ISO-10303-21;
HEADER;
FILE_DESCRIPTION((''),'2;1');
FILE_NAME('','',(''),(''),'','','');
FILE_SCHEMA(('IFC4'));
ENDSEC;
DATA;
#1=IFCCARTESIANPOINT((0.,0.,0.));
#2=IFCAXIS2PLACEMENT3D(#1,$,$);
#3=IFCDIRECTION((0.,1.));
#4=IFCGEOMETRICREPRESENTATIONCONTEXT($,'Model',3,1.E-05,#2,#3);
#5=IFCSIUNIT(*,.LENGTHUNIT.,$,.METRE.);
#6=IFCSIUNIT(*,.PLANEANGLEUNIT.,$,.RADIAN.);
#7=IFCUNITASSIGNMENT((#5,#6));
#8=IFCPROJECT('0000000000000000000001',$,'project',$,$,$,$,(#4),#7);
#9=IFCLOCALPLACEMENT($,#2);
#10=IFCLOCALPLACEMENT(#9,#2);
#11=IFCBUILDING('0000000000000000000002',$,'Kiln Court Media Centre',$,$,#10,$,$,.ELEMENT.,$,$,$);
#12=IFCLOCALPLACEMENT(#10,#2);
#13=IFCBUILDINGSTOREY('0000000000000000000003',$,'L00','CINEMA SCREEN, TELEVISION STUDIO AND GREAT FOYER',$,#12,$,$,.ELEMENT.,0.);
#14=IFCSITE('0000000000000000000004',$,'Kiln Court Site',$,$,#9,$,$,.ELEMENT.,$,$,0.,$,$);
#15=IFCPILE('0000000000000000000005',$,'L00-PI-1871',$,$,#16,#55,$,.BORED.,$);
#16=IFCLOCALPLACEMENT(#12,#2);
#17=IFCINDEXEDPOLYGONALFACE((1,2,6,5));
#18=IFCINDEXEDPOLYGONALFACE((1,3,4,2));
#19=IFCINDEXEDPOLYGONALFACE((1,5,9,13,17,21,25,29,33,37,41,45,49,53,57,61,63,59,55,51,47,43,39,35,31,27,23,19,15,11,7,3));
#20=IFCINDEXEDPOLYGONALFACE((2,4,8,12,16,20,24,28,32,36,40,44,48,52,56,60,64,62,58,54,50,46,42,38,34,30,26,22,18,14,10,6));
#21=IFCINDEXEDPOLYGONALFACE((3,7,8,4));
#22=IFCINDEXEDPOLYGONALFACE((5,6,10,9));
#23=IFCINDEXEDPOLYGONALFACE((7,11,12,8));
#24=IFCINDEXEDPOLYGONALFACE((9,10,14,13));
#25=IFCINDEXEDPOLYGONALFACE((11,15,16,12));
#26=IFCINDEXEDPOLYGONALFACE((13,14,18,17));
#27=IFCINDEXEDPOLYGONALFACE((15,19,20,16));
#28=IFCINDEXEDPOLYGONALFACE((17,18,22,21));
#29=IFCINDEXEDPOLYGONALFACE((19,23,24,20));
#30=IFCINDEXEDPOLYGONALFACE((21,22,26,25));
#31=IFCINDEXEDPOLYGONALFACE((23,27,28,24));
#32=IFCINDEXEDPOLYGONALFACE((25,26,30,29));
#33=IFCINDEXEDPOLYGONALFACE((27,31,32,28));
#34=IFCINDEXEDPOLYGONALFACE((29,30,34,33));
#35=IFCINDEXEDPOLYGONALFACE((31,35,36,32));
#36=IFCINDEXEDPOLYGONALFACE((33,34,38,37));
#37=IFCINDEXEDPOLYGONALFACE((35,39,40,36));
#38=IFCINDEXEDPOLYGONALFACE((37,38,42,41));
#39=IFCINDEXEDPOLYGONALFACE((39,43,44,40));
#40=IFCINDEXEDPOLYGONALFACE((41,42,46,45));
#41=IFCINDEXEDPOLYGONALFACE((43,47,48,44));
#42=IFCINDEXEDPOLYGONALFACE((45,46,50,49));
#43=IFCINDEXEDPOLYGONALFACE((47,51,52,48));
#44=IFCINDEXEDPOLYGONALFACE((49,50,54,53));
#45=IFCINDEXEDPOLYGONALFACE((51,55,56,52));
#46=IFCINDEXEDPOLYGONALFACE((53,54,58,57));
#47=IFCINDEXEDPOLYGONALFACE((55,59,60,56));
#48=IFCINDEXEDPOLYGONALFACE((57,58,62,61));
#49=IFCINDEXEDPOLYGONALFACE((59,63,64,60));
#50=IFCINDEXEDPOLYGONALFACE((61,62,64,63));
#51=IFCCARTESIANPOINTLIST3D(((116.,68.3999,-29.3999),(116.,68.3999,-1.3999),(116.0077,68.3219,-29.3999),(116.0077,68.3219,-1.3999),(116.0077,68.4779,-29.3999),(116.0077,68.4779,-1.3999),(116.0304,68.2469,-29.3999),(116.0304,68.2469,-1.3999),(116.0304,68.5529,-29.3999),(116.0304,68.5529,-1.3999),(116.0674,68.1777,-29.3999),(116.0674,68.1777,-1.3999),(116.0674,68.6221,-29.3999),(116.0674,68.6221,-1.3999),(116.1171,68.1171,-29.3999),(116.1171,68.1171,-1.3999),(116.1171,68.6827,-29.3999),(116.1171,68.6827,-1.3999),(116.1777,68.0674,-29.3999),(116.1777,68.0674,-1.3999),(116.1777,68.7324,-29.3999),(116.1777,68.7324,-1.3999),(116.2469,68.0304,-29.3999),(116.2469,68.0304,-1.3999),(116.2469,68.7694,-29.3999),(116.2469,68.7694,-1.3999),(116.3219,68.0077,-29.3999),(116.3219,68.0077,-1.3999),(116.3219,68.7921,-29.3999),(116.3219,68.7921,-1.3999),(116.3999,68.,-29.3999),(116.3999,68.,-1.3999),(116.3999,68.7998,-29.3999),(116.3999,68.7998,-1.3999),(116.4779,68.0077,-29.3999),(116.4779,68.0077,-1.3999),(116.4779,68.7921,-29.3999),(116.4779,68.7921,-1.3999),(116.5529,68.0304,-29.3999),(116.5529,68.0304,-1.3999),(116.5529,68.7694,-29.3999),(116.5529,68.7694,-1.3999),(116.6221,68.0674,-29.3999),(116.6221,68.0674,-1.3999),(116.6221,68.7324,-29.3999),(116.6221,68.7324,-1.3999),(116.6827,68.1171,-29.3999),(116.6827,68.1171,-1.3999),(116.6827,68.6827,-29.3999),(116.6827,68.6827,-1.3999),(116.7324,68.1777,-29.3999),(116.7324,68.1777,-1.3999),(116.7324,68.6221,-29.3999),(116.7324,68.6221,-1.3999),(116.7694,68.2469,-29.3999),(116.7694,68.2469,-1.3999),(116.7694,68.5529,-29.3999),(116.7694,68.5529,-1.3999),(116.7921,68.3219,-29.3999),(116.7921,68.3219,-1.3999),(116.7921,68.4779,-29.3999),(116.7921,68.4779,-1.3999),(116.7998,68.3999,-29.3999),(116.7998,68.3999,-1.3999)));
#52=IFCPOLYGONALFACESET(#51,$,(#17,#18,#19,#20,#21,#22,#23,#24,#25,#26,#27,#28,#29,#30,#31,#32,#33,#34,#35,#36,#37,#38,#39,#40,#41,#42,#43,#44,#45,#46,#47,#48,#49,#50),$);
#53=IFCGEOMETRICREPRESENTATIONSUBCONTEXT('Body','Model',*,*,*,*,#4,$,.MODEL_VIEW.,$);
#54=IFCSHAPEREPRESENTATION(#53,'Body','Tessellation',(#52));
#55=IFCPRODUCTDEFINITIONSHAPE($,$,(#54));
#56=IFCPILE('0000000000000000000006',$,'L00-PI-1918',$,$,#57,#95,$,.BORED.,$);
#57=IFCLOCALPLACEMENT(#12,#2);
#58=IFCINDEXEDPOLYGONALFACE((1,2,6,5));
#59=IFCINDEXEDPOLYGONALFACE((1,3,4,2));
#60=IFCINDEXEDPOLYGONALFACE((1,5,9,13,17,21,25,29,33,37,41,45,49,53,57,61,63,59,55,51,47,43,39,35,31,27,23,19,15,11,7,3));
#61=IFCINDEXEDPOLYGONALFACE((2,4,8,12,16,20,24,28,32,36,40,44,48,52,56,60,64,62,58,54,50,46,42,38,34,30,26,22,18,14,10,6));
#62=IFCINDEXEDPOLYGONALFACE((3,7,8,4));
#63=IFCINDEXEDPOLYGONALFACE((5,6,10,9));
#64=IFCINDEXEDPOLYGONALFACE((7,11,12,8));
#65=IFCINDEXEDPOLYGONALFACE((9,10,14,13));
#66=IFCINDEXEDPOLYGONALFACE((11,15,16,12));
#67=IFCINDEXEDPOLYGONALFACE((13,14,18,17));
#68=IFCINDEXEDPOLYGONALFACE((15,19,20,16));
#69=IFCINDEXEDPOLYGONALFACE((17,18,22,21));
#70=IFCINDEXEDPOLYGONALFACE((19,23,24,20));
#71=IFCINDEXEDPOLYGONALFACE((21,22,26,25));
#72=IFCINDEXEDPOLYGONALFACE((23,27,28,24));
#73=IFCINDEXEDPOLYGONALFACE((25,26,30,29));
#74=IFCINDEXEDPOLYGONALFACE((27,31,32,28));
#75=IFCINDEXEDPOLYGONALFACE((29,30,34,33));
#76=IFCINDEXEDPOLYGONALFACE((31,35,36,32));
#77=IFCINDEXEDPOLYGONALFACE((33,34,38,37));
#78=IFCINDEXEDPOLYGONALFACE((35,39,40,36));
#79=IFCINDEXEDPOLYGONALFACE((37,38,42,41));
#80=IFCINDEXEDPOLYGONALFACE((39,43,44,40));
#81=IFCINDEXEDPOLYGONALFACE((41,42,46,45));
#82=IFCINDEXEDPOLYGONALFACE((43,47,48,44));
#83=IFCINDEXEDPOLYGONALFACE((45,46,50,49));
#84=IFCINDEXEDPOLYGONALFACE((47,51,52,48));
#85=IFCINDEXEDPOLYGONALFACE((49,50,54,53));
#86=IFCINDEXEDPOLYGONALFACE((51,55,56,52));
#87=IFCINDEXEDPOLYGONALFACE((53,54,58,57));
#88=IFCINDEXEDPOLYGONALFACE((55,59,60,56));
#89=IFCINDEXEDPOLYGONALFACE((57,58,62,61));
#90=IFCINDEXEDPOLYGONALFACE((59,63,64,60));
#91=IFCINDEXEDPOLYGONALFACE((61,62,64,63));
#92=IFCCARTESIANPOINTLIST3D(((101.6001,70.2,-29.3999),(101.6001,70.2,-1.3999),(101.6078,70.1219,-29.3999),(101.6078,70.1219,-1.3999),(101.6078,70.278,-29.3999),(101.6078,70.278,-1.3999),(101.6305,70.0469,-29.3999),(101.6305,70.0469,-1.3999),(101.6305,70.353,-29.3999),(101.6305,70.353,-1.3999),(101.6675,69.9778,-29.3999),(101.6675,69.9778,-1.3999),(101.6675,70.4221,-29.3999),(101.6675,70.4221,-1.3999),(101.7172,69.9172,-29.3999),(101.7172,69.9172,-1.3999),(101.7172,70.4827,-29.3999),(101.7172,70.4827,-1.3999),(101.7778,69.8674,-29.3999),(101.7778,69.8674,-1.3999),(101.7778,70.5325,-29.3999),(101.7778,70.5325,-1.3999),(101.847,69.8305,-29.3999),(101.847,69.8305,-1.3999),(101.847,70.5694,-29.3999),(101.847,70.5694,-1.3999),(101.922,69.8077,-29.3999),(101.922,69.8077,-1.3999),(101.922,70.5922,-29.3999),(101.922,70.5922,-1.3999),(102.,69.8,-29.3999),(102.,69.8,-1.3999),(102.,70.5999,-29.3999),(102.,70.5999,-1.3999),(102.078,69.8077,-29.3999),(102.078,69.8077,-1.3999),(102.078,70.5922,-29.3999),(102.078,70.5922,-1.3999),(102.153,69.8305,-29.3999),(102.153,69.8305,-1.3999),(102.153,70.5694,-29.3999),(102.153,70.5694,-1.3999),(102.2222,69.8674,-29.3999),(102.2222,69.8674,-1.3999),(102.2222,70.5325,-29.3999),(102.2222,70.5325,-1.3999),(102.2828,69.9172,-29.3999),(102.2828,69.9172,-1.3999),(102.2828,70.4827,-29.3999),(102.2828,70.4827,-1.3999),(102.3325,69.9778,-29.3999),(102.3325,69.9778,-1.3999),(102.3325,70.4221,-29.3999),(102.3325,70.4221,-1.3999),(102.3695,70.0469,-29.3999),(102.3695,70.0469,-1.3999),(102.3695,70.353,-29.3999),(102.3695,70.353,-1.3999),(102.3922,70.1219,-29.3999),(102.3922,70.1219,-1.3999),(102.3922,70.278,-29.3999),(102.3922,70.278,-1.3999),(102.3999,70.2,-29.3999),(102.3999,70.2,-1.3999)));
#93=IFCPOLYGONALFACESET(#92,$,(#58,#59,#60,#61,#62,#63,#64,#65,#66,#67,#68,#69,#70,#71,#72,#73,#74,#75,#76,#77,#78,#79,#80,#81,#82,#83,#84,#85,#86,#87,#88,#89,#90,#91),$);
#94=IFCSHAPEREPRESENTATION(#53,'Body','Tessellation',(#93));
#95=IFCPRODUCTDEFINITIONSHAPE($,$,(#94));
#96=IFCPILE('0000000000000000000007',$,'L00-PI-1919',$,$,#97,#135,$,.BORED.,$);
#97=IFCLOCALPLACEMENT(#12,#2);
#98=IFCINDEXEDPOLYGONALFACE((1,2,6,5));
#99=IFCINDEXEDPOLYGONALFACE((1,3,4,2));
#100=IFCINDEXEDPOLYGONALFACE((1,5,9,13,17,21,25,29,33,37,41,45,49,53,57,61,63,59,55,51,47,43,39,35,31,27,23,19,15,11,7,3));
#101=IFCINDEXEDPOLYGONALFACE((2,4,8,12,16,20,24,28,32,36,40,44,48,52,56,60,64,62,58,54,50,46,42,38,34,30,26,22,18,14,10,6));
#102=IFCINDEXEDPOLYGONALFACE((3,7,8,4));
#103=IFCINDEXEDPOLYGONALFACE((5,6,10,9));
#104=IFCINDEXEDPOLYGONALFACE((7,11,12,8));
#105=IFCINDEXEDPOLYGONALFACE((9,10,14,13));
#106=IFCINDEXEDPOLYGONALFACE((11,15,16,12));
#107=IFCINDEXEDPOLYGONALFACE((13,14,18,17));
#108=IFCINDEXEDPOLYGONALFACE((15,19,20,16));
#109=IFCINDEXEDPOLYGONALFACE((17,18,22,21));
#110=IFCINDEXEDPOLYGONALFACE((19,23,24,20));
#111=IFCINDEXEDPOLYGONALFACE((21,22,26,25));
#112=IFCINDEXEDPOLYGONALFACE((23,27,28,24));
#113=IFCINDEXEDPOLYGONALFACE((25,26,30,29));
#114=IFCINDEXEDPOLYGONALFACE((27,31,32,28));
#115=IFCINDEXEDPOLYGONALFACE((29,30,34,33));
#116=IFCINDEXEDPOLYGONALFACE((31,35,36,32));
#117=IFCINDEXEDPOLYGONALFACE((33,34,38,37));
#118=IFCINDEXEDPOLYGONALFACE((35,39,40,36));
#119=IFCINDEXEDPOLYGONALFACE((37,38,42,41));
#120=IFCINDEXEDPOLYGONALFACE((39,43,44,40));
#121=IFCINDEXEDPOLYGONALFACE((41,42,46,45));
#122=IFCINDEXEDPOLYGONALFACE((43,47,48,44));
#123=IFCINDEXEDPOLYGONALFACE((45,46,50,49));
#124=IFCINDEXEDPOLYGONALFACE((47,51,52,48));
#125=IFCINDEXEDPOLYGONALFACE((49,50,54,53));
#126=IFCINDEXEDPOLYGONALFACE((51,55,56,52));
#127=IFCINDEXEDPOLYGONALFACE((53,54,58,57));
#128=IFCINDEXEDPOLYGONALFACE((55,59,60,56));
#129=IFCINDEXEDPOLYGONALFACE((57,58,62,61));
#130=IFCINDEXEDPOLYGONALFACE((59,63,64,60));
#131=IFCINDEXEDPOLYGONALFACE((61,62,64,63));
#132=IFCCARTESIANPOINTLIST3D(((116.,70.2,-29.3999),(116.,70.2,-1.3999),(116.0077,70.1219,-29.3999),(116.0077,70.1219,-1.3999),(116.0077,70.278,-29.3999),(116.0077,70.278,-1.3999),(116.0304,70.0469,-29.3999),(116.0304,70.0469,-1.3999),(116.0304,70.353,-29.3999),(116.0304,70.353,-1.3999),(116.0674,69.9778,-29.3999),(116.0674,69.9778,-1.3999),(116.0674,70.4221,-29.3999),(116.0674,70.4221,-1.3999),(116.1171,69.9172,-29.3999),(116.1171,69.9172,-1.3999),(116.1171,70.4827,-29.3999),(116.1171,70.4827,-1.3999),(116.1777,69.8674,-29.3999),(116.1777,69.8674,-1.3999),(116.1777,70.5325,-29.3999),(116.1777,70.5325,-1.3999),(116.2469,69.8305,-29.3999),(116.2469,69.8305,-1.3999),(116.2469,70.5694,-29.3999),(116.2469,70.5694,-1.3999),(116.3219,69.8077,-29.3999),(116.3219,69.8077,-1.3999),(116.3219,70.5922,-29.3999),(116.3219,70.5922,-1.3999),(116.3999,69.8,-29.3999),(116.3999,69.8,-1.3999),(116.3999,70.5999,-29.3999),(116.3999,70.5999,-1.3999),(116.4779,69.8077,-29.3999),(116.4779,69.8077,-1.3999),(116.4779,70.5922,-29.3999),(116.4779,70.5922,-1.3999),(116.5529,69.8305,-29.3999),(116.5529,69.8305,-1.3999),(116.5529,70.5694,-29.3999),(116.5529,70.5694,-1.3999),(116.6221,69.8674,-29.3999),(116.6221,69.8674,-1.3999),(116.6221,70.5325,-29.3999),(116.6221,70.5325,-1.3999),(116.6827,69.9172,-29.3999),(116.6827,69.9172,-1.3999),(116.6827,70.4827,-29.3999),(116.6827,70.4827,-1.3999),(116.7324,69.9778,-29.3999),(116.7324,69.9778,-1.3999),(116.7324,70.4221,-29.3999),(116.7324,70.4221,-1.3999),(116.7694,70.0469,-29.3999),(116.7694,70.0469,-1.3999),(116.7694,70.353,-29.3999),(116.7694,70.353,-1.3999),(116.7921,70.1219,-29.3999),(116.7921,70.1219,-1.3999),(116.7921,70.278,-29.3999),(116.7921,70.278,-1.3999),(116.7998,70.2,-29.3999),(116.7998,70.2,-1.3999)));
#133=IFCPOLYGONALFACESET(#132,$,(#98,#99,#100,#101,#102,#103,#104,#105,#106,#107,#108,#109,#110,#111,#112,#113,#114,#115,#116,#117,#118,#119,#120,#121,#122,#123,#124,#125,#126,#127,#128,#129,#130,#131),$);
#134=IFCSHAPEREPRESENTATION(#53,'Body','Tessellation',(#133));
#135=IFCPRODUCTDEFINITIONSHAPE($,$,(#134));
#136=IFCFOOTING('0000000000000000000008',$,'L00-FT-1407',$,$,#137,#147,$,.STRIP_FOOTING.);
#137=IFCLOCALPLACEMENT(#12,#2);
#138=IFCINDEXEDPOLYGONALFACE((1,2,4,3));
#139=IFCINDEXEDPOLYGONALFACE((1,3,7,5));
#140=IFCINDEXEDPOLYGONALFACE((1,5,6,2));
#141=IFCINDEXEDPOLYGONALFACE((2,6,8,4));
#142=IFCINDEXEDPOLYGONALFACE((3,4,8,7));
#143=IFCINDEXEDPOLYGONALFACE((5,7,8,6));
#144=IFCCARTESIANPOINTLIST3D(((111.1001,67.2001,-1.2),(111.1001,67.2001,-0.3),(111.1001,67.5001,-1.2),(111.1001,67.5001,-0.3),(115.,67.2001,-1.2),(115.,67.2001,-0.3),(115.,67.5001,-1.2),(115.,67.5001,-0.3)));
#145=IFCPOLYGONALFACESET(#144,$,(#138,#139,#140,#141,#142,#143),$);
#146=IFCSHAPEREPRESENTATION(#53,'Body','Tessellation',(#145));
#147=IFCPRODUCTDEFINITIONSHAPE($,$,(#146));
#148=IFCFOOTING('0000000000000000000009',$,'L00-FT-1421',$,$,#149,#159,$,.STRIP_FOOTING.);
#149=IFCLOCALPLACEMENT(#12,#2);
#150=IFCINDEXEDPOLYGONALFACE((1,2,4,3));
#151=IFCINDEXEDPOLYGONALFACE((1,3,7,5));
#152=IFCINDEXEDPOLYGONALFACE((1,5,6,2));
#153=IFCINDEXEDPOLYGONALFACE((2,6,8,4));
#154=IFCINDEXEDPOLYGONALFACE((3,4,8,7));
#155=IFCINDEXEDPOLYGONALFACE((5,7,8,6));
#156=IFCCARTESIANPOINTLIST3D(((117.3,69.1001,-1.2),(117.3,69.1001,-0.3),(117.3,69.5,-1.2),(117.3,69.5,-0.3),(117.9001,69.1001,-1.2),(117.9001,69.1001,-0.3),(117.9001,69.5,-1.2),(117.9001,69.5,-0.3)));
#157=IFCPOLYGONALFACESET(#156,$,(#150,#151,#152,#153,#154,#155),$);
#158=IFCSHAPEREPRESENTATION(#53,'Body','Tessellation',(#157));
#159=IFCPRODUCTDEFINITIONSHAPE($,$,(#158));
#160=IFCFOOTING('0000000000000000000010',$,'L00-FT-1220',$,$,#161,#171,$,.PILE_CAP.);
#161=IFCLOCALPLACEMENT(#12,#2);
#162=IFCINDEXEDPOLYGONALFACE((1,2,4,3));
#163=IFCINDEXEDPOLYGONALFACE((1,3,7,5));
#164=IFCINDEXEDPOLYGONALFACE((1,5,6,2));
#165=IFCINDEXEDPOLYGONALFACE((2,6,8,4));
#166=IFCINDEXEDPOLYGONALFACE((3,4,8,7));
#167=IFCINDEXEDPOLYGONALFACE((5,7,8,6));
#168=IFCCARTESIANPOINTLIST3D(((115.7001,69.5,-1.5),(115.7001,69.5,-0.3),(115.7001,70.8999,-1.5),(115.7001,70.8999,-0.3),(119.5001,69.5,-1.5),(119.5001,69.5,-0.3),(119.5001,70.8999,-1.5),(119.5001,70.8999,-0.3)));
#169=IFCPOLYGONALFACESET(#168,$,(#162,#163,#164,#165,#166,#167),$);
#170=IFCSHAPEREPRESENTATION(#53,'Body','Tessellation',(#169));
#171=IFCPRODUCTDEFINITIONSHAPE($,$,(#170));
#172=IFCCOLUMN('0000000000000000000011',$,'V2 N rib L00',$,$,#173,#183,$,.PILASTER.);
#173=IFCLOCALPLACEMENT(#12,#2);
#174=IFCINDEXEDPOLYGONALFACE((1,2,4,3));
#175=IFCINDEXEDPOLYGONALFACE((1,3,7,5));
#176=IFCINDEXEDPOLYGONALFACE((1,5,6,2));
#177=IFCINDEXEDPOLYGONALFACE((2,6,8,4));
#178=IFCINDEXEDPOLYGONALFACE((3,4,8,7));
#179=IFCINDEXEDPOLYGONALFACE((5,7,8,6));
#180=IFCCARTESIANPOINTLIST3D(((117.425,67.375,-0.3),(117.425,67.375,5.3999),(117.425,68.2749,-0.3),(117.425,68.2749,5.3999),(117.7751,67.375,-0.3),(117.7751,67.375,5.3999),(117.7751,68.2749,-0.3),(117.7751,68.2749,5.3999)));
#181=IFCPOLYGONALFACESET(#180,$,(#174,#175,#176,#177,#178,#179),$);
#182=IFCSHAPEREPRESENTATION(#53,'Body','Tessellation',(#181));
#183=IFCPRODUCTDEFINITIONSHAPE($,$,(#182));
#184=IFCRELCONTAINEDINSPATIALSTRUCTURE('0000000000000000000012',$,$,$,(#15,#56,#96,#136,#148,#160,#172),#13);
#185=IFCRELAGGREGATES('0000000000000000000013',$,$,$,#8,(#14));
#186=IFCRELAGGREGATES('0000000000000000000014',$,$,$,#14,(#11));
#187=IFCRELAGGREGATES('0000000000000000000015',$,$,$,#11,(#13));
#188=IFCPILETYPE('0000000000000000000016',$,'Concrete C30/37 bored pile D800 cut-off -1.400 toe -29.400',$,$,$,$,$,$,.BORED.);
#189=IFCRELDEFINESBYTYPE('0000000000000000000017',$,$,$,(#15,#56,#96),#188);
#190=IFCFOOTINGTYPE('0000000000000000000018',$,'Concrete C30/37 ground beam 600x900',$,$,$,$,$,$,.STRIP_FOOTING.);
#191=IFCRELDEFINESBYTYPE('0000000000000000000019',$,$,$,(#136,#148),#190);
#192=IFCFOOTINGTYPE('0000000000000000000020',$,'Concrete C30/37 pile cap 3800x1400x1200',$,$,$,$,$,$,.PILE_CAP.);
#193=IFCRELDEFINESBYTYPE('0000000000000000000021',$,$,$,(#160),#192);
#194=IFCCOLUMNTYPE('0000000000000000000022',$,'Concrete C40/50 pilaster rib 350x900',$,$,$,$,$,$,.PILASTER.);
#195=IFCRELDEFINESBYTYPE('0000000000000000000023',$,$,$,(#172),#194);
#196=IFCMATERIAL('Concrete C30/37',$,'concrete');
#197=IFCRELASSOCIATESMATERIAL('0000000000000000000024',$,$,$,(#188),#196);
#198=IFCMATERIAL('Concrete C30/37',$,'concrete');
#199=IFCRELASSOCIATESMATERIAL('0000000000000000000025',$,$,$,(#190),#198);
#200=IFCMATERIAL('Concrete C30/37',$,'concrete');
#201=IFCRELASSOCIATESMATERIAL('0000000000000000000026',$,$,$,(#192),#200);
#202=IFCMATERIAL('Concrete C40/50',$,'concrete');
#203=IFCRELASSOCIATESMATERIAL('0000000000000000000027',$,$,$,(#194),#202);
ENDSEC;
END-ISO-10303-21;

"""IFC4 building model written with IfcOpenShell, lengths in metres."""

from ifc_helpers import new_model, si_unit, direction, frame, origin, origin_2d, place, context, subcontext, project, spatial, rectangle, circle, extrude, material, material_profile, profile_set, type_object, element, save


model = new_model("IFC4")

# Units and contexts
model_context = context("Model", 3, precision=1e-05, world=origin(), true_north=direction((0.0, 1.0)))
body_context = subcontext(model_context, "Body", "Model", "MODEL_VIEW")
ifc_project = project(units=[si_unit("LENGTHUNIT", "METRE"), si_unit("PLANEANGLEUNIT", "RADIAN")], contexts=[model_context])

# Site, building, storey
site_placement = place(None, origin())
site = spatial("IfcSite", under=ifc_project, at=site_placement, Name="Kiln Court Site", CompositionType="ELEMENT", RefElevation=0.0)
building_placement = place(site_placement, origin())
building = spatial("IfcBuilding", under=site, at=building_placement, Name="Kiln Court Media Centre", CompositionType="ELEMENT")
storey_placement = place(building_placement, origin())
storey = spatial("IfcBuildingStorey", under=building, at=storey_placement, Name="L00", Description="CINEMA SCREEN, TELEVISION STUDIO AND GREAT FOYER", CompositionType="ELEMENT", Elevation=0.0)

# Piles
ifc_material_1 = material(Name="Concrete C30/37", Category="concrete")
ifc_material_profile_1 = material_profile(ifc_material_1, circle(Radius=0.3999, at=origin_2d()), Name="PILE D800")
ifc_profile_set_1 = profile_set([ifc_material_profile_1], Name="Concrete C30/37")
pile_type = type_object("IfcPileType", Name="Concrete C30/37 bored pile D800 cut-off -1.400 toe -29.400", PredefinedType="BORED", material=ifc_profile_set_1)
for number, where, z_axis, x_axis, name in (
    (1, (116.3999, 68.3999, -1.3999), (0.0, 0.0, -1.0), (1.0, 0.0, 0.0), "L00-PI-1871"),
    (2, (102.0, 70.2, -1.3999), (0.0, 0.0, -1.0), (1.0, 0.0, 0.0), "L00-PI-1918"),
    (3, (116.3999, 70.2, -1.3999), (0.0, 0.0, -1.0), (1.0, 0.0, 0.0), "L00-PI-1919"),
):
    element("IfcPile", number, at=place(storey_placement, frame(where, z_axis=z_axis, x_axis=x_axis)), inside=storey, type_object=pile_type, Name=name, PredefinedType="BORED", context=body_context, shape_type="SweptSolid", body=[
        extrude(circle(Radius=0.3999, at=origin_2d()), origin(), (0.0, 0.0, 1.0), 28.0),
    ])

# Footings
ifc_material_2 = material(Name="Concrete C30/37", Category="concrete")
footing_type_1 = type_object("IfcFootingType", Name="Concrete C30/37 ground beam 600x900", PredefinedType="STRIP_FOOTING", material=ifc_material_2)
footing_1_placement = place(storey_placement, frame((113.05, 67.3501, -1.2), z_axis=(0.0, 0.0, 1.0), x_axis=(1.0, 0.0, 0.0)))
element("IfcFooting", 4, at=footing_1_placement, inside=storey, type_object=footing_type_1, Name="L00-FT-1407", PredefinedType="STRIP_FOOTING", context=body_context, shape_type="SweptSolid", body=[
    extrude(rectangle(XDim=3.8999, YDim=0.3, at=origin_2d()), origin(), (0.0, 0.0, 1.0), 0.8999),
])
footing_2_placement = place(storey_placement, frame((117.6001, 69.3, -1.2), z_axis=(0.0, 0.0, 1.0), x_axis=(1.0, 0.0, 0.0)))
element("IfcFooting", 5, at=footing_2_placement, inside=storey, type_object=footing_type_1, Name="L00-FT-1421", PredefinedType="STRIP_FOOTING", context=body_context, shape_type="SweptSolid", body=[
    extrude(rectangle(XDim=0.6001, YDim=0.3999, at=origin_2d()), origin(), (0.0, 0.0, 1.0), 0.8999),
])
ifc_material_3 = material(Name="Concrete C30/37", Category="concrete")
footing_type_2 = type_object("IfcFootingType", Name="Concrete C30/37 pile cap 3800x1400x1200", PredefinedType="PILE_CAP", material=ifc_material_3)
footing_3_placement = place(storey_placement, frame((117.6001, 70.2, -1.5), z_axis=(0.0, 0.0, 1.0), x_axis=(1.0, 0.0, 0.0)))
element("IfcFooting", 6, at=footing_3_placement, inside=storey, type_object=footing_type_2, Name="L00-FT-1220", PredefinedType="PILE_CAP", context=body_context, shape_type="SweptSolid", body=[
    extrude(rectangle(XDim=3.8, YDim=1.3999, at=origin_2d()), origin(), (0.0, 0.0, 1.0), 1.2),
])

# Column
ifc_material_4 = material(Name="Concrete C40/50", Category="concrete")
ifc_material_profile_2 = material_profile(ifc_material_4, rectangle(XDim=0.3501, YDim=0.8999, at=origin_2d()), Name="RC 350x900")
ifc_profile_set_2 = profile_set([ifc_material_profile_2], Name="Concrete C40/50")
column_type = type_object("IfcColumnType", Name="Concrete C40/50 pilaster rib 350x900", PredefinedType="PILASTER", material=ifc_profile_set_2)
column_placement = place(storey_placement, frame((117.6001, 67.825, -0.3), z_axis=(0.0, 0.0, 1.0), x_axis=(1.0, 0.0, 0.0)))
element("IfcColumn", 7, at=column_placement, inside=storey, type_object=column_type, Name="V2 N rib L00", PredefinedType="PILASTER", context=body_context, shape_type="SweptSolid", body=[
    extrude(rectangle(XDim=0.3501, YDim=0.8999, at=origin_2d()), origin(), (0.0, 0.0, 1.0), 5.7),
])

save(model, "model.ifc")
